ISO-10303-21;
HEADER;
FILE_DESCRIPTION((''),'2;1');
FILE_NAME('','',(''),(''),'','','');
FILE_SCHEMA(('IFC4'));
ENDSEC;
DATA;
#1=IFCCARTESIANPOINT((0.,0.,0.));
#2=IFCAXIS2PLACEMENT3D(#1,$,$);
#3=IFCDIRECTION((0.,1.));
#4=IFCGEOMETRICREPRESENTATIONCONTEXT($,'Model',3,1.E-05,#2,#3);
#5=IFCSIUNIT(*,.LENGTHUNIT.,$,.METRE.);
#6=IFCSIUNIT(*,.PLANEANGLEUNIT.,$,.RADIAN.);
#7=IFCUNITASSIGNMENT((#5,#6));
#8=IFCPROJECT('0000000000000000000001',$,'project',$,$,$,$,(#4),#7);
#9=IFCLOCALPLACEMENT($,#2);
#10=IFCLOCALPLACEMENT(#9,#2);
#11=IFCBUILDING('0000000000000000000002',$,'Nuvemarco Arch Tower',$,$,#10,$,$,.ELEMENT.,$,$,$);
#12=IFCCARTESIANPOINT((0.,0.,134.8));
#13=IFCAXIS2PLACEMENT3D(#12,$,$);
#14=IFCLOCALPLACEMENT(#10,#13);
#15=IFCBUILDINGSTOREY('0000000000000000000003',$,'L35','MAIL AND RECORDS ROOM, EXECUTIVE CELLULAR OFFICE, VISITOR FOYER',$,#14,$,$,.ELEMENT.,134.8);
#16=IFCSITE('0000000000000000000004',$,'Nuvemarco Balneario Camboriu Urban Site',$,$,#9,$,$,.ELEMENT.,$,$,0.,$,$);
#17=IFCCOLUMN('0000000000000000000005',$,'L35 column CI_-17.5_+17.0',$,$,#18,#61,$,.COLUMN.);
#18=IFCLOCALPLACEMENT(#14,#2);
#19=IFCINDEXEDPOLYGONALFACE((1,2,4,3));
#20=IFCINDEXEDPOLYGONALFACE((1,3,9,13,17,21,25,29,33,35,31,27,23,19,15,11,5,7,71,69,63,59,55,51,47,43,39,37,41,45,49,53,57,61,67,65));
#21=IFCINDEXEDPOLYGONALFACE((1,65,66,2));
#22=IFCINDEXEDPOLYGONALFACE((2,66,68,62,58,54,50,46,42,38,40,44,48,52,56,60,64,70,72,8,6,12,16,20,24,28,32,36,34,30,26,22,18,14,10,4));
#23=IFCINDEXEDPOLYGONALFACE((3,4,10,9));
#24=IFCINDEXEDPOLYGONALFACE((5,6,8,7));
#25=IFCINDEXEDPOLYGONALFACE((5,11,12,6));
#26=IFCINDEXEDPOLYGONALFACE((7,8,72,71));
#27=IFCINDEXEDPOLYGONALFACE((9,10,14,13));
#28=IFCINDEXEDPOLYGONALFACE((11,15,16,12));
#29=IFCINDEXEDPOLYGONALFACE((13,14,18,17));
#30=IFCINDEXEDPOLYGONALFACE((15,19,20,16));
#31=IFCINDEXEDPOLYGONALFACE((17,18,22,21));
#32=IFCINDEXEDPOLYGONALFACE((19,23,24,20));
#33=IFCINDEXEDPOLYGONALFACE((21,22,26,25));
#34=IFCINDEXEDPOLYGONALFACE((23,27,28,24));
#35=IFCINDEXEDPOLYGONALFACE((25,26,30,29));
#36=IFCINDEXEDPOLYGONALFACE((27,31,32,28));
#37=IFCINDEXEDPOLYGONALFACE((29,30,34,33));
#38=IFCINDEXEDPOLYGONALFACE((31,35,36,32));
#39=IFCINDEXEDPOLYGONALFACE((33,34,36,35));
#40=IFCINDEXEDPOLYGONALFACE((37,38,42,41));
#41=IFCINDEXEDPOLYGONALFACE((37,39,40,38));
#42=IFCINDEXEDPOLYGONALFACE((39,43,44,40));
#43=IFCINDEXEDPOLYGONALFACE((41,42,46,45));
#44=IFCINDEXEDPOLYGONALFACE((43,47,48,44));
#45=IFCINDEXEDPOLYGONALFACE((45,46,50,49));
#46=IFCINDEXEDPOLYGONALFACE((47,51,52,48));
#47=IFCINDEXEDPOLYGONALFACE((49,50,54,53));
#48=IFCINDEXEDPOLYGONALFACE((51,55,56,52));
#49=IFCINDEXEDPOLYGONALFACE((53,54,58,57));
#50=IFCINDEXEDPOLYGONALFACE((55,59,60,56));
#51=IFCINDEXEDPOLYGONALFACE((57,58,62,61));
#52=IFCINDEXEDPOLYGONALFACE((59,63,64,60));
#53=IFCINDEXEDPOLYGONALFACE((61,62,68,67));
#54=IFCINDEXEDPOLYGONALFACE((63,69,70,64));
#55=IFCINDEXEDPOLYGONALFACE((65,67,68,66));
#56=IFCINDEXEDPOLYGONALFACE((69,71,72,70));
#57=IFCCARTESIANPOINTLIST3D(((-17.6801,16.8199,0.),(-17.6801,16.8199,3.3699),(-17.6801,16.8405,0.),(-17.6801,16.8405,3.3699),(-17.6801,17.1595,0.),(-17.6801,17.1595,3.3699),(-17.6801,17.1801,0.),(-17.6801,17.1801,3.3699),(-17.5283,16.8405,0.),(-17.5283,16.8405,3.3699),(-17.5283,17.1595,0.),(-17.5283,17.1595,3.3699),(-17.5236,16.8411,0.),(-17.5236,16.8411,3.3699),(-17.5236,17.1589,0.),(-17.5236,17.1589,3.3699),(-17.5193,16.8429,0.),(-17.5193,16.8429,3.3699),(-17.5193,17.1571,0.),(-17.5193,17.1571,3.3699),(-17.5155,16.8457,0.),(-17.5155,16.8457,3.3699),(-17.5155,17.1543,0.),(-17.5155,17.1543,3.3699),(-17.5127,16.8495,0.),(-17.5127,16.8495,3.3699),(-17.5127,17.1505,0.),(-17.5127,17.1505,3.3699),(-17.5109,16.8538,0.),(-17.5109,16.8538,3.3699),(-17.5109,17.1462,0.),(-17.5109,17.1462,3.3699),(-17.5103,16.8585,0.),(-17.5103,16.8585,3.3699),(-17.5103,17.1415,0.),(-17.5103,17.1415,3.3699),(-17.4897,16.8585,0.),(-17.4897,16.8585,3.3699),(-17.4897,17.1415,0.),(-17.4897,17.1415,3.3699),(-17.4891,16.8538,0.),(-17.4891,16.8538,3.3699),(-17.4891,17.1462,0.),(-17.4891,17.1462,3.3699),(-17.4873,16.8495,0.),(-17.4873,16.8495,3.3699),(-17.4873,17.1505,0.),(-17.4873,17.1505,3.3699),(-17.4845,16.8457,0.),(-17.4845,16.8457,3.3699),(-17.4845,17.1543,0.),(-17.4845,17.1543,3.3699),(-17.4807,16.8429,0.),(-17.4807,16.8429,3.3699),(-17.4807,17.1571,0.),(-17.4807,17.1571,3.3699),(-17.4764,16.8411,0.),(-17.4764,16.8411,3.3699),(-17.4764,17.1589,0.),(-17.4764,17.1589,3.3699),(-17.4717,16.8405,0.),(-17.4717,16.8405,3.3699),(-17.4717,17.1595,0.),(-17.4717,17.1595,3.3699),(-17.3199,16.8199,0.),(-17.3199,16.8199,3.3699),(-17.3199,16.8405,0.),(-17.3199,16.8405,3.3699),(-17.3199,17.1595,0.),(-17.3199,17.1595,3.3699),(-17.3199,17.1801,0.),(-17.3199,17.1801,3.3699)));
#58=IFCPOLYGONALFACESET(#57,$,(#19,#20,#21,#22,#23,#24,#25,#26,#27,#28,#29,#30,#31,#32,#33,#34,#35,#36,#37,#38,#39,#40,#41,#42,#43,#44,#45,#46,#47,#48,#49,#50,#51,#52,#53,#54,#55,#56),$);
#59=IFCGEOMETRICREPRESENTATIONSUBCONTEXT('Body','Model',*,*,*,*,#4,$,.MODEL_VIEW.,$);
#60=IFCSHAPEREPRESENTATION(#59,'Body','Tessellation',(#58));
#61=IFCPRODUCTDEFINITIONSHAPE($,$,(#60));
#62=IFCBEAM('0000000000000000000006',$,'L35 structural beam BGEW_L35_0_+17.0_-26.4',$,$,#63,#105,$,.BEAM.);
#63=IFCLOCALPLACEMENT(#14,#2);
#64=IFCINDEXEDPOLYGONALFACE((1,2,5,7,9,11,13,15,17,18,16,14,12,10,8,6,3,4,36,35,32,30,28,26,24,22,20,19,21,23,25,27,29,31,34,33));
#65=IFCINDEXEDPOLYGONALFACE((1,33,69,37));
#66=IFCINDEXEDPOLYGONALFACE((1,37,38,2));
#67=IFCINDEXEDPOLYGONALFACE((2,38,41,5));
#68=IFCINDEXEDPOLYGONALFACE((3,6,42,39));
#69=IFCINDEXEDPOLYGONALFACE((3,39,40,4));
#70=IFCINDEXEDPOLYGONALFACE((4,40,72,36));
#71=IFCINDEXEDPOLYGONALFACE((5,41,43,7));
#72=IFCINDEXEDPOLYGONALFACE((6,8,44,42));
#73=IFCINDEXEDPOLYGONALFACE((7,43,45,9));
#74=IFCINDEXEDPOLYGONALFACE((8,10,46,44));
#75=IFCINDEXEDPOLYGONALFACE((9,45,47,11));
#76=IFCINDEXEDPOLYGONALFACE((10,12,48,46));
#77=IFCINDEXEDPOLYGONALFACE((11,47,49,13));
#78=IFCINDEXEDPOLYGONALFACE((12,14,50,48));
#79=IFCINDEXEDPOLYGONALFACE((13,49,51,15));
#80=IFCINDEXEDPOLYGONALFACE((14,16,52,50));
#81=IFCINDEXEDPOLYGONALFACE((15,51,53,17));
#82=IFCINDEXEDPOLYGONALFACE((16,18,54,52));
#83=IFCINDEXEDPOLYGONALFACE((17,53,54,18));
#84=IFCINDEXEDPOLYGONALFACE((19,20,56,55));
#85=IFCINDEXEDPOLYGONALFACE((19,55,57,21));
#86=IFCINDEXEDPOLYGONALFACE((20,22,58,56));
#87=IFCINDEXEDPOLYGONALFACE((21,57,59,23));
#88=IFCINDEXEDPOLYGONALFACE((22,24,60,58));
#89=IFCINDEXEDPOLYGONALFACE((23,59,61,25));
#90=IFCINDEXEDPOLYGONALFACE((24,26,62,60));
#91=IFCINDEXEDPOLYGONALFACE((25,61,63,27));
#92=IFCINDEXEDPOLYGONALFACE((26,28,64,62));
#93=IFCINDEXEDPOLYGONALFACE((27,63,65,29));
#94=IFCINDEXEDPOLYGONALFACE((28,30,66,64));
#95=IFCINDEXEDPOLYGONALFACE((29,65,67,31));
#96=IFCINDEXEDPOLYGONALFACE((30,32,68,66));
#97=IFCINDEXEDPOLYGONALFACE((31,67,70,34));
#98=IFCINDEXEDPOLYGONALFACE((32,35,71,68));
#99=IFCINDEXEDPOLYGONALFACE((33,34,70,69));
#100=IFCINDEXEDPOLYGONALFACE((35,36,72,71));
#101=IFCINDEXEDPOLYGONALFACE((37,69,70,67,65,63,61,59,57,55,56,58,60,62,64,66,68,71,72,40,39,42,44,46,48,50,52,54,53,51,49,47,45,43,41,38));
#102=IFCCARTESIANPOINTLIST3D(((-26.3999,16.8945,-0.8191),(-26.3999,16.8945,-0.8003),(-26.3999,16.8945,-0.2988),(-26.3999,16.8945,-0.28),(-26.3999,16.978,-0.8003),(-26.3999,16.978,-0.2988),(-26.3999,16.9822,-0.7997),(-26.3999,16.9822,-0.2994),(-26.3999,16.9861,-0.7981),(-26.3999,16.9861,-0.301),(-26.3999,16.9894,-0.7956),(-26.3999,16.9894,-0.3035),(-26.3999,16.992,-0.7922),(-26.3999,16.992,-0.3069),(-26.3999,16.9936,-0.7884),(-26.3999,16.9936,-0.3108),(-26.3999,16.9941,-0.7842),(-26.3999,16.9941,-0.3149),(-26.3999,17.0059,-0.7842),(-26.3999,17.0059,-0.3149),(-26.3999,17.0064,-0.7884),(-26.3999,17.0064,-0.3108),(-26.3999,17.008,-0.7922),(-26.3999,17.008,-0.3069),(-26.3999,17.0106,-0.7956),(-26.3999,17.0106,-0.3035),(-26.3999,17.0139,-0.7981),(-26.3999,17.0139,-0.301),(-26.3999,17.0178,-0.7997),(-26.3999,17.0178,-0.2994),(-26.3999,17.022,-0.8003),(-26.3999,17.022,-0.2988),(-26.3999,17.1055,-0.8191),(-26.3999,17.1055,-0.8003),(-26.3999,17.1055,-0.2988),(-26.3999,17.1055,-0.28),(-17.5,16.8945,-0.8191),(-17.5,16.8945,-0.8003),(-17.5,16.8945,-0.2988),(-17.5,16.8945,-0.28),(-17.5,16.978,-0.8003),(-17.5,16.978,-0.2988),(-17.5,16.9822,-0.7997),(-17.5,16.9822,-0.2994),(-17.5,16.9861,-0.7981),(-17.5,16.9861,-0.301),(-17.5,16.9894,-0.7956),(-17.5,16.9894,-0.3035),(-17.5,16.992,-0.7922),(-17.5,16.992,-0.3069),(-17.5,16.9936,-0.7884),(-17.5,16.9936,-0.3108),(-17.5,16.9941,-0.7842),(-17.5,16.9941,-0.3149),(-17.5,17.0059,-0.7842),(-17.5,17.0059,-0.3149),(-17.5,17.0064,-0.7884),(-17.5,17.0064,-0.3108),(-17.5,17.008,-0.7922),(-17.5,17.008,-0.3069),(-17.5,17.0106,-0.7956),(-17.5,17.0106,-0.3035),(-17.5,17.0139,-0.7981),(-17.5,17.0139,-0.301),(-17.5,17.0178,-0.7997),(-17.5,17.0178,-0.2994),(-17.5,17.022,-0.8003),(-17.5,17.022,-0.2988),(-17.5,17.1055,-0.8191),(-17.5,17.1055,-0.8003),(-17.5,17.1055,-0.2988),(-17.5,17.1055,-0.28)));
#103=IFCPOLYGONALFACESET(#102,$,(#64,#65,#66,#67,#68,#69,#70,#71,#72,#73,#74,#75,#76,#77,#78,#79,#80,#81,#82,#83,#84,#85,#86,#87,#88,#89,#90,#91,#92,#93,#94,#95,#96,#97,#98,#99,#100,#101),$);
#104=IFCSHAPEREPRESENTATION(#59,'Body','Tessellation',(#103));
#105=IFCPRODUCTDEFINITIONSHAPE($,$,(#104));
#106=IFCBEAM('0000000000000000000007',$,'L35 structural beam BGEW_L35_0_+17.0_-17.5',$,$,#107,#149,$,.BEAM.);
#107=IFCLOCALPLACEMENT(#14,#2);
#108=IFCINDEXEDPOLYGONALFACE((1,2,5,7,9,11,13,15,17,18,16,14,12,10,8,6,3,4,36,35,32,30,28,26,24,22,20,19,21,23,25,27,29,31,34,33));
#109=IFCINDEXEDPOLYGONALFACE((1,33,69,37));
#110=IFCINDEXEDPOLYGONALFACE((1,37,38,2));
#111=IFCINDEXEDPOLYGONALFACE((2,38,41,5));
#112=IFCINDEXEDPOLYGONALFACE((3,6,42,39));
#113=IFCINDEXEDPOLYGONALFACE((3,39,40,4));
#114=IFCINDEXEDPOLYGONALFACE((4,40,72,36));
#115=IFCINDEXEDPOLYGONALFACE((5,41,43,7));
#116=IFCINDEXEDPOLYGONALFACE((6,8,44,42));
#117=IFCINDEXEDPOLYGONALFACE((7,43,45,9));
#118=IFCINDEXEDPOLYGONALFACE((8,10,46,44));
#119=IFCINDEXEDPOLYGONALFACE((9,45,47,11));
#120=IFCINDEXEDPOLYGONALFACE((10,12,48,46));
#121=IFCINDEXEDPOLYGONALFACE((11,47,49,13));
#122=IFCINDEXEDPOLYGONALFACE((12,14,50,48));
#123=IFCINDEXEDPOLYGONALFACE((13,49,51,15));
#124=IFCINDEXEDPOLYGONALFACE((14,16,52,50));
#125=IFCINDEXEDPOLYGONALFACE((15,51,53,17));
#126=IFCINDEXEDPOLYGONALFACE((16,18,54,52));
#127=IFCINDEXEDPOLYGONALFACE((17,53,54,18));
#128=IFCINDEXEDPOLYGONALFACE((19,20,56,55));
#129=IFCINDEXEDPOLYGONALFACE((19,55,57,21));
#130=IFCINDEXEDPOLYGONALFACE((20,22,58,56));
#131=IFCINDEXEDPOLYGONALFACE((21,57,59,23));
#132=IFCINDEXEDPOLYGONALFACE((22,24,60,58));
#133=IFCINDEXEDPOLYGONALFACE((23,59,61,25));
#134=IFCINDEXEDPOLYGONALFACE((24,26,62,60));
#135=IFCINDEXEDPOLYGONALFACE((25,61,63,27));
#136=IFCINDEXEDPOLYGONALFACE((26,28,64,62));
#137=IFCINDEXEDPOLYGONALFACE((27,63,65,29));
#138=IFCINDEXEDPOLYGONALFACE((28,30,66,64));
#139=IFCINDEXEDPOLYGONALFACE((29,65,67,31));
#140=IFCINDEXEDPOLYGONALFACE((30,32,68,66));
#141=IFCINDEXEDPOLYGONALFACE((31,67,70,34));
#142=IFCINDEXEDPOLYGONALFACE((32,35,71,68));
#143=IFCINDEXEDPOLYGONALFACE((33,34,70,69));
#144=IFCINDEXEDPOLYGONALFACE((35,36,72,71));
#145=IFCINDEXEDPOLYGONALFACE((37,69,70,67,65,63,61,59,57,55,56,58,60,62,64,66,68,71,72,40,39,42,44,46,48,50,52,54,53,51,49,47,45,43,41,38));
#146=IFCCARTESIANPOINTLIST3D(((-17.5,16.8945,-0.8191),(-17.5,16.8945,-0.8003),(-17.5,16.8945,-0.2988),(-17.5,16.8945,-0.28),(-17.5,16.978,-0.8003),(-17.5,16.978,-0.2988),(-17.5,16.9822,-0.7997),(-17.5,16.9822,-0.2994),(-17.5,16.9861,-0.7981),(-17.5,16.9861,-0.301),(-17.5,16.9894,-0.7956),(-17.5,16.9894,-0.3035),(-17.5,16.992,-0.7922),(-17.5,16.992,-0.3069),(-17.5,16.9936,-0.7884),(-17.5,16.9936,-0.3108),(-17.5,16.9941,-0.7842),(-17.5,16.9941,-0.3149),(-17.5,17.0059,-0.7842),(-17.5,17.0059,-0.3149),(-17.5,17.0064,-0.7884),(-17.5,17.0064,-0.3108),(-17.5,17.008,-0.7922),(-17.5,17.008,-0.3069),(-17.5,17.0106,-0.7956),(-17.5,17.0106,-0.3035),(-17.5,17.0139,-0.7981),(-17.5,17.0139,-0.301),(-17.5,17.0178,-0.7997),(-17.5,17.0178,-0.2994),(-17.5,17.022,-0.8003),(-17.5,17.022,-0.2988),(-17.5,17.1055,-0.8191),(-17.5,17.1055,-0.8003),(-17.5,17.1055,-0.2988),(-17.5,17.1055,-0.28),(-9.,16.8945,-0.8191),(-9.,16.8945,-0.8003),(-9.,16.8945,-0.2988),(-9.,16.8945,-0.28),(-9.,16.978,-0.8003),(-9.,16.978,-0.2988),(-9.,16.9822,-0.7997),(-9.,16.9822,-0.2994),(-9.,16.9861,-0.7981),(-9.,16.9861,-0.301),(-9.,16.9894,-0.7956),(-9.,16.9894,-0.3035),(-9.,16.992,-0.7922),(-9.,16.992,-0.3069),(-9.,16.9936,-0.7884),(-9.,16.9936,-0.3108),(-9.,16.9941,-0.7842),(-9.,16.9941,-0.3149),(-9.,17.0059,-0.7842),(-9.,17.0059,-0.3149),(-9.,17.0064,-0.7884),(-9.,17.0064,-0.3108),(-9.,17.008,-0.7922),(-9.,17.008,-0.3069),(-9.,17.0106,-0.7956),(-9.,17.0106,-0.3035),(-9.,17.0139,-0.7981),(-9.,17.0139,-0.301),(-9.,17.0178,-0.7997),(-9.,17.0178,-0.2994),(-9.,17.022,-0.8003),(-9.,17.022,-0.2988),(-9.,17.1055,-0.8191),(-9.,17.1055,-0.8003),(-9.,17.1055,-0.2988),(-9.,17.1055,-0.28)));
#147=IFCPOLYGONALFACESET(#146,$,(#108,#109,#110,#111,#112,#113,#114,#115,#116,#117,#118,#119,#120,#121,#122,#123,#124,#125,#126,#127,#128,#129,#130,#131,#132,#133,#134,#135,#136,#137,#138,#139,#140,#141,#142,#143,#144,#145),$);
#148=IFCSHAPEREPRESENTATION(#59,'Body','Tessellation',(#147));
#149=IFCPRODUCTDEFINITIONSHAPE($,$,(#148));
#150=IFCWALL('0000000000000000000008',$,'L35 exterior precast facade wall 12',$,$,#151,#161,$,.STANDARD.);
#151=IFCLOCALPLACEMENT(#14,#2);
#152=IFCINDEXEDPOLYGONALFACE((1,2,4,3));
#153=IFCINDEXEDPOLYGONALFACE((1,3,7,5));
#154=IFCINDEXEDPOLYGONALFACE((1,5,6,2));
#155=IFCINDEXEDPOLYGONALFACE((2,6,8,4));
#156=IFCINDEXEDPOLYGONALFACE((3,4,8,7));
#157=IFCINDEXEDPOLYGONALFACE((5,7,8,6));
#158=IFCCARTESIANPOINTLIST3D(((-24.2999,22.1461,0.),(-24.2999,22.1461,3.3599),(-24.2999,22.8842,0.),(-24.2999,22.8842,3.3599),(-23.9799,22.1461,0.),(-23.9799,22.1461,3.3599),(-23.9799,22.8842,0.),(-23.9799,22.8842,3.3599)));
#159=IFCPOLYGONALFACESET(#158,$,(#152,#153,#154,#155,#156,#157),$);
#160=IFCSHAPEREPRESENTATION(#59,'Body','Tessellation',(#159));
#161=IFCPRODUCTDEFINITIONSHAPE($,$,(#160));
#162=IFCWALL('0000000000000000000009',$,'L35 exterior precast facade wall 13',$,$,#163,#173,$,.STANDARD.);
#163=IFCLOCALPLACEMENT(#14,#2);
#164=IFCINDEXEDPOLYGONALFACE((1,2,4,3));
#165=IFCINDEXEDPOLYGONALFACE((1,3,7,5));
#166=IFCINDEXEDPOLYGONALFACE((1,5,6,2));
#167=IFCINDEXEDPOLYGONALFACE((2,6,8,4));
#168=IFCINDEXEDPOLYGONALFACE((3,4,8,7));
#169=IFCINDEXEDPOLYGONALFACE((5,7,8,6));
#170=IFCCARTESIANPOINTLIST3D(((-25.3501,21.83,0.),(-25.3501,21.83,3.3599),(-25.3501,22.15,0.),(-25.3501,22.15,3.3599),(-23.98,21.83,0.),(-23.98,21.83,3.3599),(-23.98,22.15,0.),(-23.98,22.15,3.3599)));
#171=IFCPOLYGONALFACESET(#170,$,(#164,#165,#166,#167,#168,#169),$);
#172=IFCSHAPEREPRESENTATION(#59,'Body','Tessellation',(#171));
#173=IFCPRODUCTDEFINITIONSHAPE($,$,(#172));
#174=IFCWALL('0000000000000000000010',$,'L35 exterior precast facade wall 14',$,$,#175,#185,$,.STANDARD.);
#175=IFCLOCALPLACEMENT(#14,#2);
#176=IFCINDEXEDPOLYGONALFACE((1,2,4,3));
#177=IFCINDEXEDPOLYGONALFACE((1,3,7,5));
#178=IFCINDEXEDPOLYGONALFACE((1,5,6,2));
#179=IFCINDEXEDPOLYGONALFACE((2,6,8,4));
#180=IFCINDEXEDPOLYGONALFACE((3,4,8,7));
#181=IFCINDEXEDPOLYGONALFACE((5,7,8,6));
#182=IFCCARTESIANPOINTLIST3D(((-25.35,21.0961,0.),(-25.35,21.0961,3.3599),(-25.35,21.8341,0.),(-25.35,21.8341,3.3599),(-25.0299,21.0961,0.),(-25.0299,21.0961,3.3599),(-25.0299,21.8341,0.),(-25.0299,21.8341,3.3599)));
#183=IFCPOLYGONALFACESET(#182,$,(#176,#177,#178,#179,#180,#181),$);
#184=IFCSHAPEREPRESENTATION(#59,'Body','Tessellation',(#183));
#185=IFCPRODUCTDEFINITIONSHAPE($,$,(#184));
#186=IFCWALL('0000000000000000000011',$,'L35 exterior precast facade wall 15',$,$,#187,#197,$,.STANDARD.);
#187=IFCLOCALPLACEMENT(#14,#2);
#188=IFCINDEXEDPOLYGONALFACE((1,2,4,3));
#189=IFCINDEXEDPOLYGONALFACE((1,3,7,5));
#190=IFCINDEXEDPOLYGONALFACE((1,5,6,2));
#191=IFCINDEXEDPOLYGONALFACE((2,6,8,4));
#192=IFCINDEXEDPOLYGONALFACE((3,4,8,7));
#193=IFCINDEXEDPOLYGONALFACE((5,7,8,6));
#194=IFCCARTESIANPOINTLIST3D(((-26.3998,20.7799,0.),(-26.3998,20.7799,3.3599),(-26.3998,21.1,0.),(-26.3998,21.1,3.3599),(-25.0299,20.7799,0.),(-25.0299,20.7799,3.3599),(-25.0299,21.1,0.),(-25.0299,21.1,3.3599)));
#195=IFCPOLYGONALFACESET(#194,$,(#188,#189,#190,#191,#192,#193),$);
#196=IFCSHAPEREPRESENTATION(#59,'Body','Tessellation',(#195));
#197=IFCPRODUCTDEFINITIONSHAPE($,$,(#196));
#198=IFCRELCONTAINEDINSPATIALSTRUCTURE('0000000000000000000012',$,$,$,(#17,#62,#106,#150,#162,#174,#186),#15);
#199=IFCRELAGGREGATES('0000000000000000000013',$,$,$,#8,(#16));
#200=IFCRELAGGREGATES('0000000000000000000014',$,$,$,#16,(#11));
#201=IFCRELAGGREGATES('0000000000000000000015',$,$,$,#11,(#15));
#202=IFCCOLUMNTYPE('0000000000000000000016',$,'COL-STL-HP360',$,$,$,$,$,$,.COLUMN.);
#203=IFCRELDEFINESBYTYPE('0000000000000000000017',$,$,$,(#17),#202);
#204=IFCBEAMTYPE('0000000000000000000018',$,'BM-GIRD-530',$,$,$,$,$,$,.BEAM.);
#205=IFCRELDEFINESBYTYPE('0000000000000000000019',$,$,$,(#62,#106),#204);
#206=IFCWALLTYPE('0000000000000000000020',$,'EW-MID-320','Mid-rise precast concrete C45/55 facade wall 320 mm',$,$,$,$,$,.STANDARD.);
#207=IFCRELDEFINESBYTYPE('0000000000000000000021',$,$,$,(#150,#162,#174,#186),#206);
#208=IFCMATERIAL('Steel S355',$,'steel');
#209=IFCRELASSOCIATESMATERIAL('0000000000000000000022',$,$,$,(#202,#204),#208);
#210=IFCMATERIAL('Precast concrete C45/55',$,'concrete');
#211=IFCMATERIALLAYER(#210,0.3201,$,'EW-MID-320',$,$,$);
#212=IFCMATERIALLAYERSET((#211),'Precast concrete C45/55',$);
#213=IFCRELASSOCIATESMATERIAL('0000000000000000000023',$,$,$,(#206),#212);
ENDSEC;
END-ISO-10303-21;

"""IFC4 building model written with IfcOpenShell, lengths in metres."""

from ifc_helpers import new_model, si_unit, direction, frame, frame_2d, origin, origin_2d, place, context, subcontext, project, spatial, rectangle, i_section, extrude, material, layer, layer_set, material_profile, profile_set, type_object, element, save


model = new_model("IFC4")

# Units and contexts
model_context = context("Model", 3, precision=1e-05, world=origin(), true_north=direction((0.0, 1.0)))
body_context = subcontext(model_context, "Body", "Model", "MODEL_VIEW")
ifc_project = project(units=[si_unit("LENGTHUNIT", "METRE"), si_unit("PLANEANGLEUNIT", "RADIAN")], contexts=[model_context])

# Site, building, storey
site_placement = place(None, origin())
site = spatial("IfcSite", under=ifc_project, at=site_placement, Name="Nuvemarco Balneario Camboriu Urban Site", CompositionType="ELEMENT", RefElevation=0.0)
building_placement = place(site_placement, origin())
building = spatial("IfcBuilding", under=site, at=building_placement, Name="Nuvemarco Arch Tower", CompositionType="ELEMENT")
storey_placement = place(building_placement, frame((0.0, 0.0, 134.8)))
storey = spatial("IfcBuildingStorey", under=building, at=storey_placement, Name="L35", Description="MAIL AND RECORDS ROOM, EXECUTIVE CELLULAR OFFICE, VISITOR FOYER", CompositionType="ELEMENT", Elevation=134.8)

# Column
ifc_material_1 = material(Name="Steel S355", Category="steel")
ifc_material_profile_1 = material_profile(ifc_material_1, i_section(OverallWidth=0.3601, OverallDepth=0.3601, WebThickness=0.0205, FlangeThickness=0.0205, FilletRadius=0.0181, at=origin_2d()), Name="HP360x174")
ifc_profile_set_1 = profile_set([ifc_material_profile_1], Name="Steel S355")
column_type = type_object("IfcColumnType", Name="COL-STL-HP360", PredefinedType="COLUMN", material=ifc_profile_set_1)
column_placement = place(storey_placement, frame((-17.5, 17.0, 0.0), z_axis=(0.0, 0.0, 1.0), x_axis=(1.0, 0.0, 0.0)))
element("IfcColumn", 1, at=column_placement, inside=storey, type_object=column_type, Name="L35 column CI_-17.5_+17.0", PredefinedType="COLUMN", context=body_context, shape_type="SweptSolid", body=[
    extrude(i_section(OverallWidth=0.3601, OverallDepth=0.3601, WebThickness=0.0205, FlangeThickness=0.0205, FilletRadius=0.0181, at=origin_2d()), origin(), (0.0, 0.0, 1.0), 3.3699),
])

# Beams
ifc_material_profile_2 = material_profile(ifc_material_1, i_section(OverallWidth=0.2109, OverallDepth=0.5391, WebThickness=0.0117, FlangeThickness=0.0188, FilletRadius=0.0161, at=origin_2d()), Name="W530x109")
ifc_profile_set_2 = profile_set([ifc_material_profile_2], Name="Steel S355")
beam_type = type_object("IfcBeamType", Name="BM-GIRD-530", PredefinedType="BEAM", material=ifc_profile_set_2)
beam_1_placement = place(storey_placement, frame((-26.3999, 17.0, -0.5496), z_axis=(1.0, 0.0, 0.0), x_axis=(0.0, 1.0, 0.0)))
element("IfcBeam", 2, at=beam_1_placement, inside=storey, type_object=beam_type, Name="L35 structural beam BGEW_L35_0_+17.0_-26.4", PredefinedType="BEAM", context=body_context, shape_type="SweptSolid", body=[
    extrude(i_section(OverallWidth=0.2109, OverallDepth=0.5391, WebThickness=0.0117, FlangeThickness=0.0188, FilletRadius=0.0161, at=origin_2d()), origin(), (0.0, 0.0, 1.0), 8.8999),
])
beam_2_placement = place(storey_placement, frame((-17.5, 17.0, -0.5496), z_axis=(1.0, 0.0, 0.0), x_axis=(0.0, 1.0, 0.0)))
element("IfcBeam", 3, at=beam_2_placement, inside=storey, type_object=beam_type, Name="L35 structural beam BGEW_L35_0_+17.0_-17.5", PredefinedType="BEAM", context=body_context, shape_type="SweptSolid", body=[
    extrude(i_section(OverallWidth=0.2109, OverallDepth=0.5391, WebThickness=0.0117, FlangeThickness=0.0188, FilletRadius=0.0161, at=origin_2d()), origin(), (0.0, 0.0, 1.0), 8.5),
])

# Shared definitions
ifc_material_2 = material(Name="Precast concrete C45/55", Category="concrete")
ifc_layer = layer(ifc_material_2, 0.3201, Name="EW-MID-320")
ifc_layer_set = layer_set([ifc_layer], Name="Precast concrete C45/55")
wall_type = type_object("IfcWallType", Name="EW-MID-320", Description="Mid-rise precast concrete C45/55 facade wall 320 mm", PredefinedType="STANDARD", material=ifc_layer_set)

# Walls
wall_1_placement = place(storey_placement, frame((-24.1399, 22.146, 0.0), z_axis=(0.0, 0.0, 1.0), x_axis=(0.0, 1.0, 0.0)))
element("IfcWall", 4, at=wall_1_placement, inside=storey, type_object=wall_type, Name="L35 exterior precast facade wall 12", PredefinedType="STANDARD", context=body_context, shape_type="SweptSolid", body=[
    extrude(rectangle(XDim=0.738, YDim=0.3201, at=frame_2d((0.3691, 0.0))), origin(), (0.0, 0.0, 1.0), 3.3599),
])
wall_2_placement = place(storey_placement, frame((-25.3501, 21.99, 0.0), z_axis=(0.0, 0.0, 1.0), x_axis=(1.0, 0.0, 0.0)))
element("IfcWall", 5, at=wall_2_placement, inside=storey, type_object=wall_type, Name="L35 exterior precast facade wall 13", PredefinedType="STANDARD", context=body_context, shape_type="SweptSolid", body=[
    extrude(rectangle(XDim=1.3701, YDim=0.3201, at=frame_2d((0.6851, 0.0))), origin(), (0.0, 0.0, 1.0), 3.3599),
])
wall_3_placement = place(storey_placement, frame((-25.1899, 21.0959, 0.0), z_axis=(0.0, 0.0, 1.0), x_axis=(0.0, 1.0, 0.0)))
element("IfcWall", 6, at=wall_3_placement, inside=storey, type_object=wall_type, Name="L35 exterior precast facade wall 14", PredefinedType="STANDARD", context=body_context, shape_type="SweptSolid", body=[
    extrude(rectangle(XDim=0.738, YDim=0.3201, at=frame_2d((0.3691, 0.0))), origin(), (0.0, 0.0, 1.0), 3.3599),
])
wall_4_placement = place(storey_placement, frame((-26.3999, 20.9399, 0.0), z_axis=(0.0, 0.0, 1.0), x_axis=(1.0, 0.0, 0.0)))
element("IfcWall", 7, at=wall_4_placement, inside=storey, type_object=wall_type, Name="L35 exterior precast facade wall 15", PredefinedType="STANDARD", context=body_context, shape_type="SweptSolid", body=[
    extrude(rectangle(XDim=1.3699, YDim=0.3201, at=frame_2d((0.6851, 0.0))), origin(), (0.0, 0.0, 1.0), 3.3599),
])

save(model, "model.ifc")
